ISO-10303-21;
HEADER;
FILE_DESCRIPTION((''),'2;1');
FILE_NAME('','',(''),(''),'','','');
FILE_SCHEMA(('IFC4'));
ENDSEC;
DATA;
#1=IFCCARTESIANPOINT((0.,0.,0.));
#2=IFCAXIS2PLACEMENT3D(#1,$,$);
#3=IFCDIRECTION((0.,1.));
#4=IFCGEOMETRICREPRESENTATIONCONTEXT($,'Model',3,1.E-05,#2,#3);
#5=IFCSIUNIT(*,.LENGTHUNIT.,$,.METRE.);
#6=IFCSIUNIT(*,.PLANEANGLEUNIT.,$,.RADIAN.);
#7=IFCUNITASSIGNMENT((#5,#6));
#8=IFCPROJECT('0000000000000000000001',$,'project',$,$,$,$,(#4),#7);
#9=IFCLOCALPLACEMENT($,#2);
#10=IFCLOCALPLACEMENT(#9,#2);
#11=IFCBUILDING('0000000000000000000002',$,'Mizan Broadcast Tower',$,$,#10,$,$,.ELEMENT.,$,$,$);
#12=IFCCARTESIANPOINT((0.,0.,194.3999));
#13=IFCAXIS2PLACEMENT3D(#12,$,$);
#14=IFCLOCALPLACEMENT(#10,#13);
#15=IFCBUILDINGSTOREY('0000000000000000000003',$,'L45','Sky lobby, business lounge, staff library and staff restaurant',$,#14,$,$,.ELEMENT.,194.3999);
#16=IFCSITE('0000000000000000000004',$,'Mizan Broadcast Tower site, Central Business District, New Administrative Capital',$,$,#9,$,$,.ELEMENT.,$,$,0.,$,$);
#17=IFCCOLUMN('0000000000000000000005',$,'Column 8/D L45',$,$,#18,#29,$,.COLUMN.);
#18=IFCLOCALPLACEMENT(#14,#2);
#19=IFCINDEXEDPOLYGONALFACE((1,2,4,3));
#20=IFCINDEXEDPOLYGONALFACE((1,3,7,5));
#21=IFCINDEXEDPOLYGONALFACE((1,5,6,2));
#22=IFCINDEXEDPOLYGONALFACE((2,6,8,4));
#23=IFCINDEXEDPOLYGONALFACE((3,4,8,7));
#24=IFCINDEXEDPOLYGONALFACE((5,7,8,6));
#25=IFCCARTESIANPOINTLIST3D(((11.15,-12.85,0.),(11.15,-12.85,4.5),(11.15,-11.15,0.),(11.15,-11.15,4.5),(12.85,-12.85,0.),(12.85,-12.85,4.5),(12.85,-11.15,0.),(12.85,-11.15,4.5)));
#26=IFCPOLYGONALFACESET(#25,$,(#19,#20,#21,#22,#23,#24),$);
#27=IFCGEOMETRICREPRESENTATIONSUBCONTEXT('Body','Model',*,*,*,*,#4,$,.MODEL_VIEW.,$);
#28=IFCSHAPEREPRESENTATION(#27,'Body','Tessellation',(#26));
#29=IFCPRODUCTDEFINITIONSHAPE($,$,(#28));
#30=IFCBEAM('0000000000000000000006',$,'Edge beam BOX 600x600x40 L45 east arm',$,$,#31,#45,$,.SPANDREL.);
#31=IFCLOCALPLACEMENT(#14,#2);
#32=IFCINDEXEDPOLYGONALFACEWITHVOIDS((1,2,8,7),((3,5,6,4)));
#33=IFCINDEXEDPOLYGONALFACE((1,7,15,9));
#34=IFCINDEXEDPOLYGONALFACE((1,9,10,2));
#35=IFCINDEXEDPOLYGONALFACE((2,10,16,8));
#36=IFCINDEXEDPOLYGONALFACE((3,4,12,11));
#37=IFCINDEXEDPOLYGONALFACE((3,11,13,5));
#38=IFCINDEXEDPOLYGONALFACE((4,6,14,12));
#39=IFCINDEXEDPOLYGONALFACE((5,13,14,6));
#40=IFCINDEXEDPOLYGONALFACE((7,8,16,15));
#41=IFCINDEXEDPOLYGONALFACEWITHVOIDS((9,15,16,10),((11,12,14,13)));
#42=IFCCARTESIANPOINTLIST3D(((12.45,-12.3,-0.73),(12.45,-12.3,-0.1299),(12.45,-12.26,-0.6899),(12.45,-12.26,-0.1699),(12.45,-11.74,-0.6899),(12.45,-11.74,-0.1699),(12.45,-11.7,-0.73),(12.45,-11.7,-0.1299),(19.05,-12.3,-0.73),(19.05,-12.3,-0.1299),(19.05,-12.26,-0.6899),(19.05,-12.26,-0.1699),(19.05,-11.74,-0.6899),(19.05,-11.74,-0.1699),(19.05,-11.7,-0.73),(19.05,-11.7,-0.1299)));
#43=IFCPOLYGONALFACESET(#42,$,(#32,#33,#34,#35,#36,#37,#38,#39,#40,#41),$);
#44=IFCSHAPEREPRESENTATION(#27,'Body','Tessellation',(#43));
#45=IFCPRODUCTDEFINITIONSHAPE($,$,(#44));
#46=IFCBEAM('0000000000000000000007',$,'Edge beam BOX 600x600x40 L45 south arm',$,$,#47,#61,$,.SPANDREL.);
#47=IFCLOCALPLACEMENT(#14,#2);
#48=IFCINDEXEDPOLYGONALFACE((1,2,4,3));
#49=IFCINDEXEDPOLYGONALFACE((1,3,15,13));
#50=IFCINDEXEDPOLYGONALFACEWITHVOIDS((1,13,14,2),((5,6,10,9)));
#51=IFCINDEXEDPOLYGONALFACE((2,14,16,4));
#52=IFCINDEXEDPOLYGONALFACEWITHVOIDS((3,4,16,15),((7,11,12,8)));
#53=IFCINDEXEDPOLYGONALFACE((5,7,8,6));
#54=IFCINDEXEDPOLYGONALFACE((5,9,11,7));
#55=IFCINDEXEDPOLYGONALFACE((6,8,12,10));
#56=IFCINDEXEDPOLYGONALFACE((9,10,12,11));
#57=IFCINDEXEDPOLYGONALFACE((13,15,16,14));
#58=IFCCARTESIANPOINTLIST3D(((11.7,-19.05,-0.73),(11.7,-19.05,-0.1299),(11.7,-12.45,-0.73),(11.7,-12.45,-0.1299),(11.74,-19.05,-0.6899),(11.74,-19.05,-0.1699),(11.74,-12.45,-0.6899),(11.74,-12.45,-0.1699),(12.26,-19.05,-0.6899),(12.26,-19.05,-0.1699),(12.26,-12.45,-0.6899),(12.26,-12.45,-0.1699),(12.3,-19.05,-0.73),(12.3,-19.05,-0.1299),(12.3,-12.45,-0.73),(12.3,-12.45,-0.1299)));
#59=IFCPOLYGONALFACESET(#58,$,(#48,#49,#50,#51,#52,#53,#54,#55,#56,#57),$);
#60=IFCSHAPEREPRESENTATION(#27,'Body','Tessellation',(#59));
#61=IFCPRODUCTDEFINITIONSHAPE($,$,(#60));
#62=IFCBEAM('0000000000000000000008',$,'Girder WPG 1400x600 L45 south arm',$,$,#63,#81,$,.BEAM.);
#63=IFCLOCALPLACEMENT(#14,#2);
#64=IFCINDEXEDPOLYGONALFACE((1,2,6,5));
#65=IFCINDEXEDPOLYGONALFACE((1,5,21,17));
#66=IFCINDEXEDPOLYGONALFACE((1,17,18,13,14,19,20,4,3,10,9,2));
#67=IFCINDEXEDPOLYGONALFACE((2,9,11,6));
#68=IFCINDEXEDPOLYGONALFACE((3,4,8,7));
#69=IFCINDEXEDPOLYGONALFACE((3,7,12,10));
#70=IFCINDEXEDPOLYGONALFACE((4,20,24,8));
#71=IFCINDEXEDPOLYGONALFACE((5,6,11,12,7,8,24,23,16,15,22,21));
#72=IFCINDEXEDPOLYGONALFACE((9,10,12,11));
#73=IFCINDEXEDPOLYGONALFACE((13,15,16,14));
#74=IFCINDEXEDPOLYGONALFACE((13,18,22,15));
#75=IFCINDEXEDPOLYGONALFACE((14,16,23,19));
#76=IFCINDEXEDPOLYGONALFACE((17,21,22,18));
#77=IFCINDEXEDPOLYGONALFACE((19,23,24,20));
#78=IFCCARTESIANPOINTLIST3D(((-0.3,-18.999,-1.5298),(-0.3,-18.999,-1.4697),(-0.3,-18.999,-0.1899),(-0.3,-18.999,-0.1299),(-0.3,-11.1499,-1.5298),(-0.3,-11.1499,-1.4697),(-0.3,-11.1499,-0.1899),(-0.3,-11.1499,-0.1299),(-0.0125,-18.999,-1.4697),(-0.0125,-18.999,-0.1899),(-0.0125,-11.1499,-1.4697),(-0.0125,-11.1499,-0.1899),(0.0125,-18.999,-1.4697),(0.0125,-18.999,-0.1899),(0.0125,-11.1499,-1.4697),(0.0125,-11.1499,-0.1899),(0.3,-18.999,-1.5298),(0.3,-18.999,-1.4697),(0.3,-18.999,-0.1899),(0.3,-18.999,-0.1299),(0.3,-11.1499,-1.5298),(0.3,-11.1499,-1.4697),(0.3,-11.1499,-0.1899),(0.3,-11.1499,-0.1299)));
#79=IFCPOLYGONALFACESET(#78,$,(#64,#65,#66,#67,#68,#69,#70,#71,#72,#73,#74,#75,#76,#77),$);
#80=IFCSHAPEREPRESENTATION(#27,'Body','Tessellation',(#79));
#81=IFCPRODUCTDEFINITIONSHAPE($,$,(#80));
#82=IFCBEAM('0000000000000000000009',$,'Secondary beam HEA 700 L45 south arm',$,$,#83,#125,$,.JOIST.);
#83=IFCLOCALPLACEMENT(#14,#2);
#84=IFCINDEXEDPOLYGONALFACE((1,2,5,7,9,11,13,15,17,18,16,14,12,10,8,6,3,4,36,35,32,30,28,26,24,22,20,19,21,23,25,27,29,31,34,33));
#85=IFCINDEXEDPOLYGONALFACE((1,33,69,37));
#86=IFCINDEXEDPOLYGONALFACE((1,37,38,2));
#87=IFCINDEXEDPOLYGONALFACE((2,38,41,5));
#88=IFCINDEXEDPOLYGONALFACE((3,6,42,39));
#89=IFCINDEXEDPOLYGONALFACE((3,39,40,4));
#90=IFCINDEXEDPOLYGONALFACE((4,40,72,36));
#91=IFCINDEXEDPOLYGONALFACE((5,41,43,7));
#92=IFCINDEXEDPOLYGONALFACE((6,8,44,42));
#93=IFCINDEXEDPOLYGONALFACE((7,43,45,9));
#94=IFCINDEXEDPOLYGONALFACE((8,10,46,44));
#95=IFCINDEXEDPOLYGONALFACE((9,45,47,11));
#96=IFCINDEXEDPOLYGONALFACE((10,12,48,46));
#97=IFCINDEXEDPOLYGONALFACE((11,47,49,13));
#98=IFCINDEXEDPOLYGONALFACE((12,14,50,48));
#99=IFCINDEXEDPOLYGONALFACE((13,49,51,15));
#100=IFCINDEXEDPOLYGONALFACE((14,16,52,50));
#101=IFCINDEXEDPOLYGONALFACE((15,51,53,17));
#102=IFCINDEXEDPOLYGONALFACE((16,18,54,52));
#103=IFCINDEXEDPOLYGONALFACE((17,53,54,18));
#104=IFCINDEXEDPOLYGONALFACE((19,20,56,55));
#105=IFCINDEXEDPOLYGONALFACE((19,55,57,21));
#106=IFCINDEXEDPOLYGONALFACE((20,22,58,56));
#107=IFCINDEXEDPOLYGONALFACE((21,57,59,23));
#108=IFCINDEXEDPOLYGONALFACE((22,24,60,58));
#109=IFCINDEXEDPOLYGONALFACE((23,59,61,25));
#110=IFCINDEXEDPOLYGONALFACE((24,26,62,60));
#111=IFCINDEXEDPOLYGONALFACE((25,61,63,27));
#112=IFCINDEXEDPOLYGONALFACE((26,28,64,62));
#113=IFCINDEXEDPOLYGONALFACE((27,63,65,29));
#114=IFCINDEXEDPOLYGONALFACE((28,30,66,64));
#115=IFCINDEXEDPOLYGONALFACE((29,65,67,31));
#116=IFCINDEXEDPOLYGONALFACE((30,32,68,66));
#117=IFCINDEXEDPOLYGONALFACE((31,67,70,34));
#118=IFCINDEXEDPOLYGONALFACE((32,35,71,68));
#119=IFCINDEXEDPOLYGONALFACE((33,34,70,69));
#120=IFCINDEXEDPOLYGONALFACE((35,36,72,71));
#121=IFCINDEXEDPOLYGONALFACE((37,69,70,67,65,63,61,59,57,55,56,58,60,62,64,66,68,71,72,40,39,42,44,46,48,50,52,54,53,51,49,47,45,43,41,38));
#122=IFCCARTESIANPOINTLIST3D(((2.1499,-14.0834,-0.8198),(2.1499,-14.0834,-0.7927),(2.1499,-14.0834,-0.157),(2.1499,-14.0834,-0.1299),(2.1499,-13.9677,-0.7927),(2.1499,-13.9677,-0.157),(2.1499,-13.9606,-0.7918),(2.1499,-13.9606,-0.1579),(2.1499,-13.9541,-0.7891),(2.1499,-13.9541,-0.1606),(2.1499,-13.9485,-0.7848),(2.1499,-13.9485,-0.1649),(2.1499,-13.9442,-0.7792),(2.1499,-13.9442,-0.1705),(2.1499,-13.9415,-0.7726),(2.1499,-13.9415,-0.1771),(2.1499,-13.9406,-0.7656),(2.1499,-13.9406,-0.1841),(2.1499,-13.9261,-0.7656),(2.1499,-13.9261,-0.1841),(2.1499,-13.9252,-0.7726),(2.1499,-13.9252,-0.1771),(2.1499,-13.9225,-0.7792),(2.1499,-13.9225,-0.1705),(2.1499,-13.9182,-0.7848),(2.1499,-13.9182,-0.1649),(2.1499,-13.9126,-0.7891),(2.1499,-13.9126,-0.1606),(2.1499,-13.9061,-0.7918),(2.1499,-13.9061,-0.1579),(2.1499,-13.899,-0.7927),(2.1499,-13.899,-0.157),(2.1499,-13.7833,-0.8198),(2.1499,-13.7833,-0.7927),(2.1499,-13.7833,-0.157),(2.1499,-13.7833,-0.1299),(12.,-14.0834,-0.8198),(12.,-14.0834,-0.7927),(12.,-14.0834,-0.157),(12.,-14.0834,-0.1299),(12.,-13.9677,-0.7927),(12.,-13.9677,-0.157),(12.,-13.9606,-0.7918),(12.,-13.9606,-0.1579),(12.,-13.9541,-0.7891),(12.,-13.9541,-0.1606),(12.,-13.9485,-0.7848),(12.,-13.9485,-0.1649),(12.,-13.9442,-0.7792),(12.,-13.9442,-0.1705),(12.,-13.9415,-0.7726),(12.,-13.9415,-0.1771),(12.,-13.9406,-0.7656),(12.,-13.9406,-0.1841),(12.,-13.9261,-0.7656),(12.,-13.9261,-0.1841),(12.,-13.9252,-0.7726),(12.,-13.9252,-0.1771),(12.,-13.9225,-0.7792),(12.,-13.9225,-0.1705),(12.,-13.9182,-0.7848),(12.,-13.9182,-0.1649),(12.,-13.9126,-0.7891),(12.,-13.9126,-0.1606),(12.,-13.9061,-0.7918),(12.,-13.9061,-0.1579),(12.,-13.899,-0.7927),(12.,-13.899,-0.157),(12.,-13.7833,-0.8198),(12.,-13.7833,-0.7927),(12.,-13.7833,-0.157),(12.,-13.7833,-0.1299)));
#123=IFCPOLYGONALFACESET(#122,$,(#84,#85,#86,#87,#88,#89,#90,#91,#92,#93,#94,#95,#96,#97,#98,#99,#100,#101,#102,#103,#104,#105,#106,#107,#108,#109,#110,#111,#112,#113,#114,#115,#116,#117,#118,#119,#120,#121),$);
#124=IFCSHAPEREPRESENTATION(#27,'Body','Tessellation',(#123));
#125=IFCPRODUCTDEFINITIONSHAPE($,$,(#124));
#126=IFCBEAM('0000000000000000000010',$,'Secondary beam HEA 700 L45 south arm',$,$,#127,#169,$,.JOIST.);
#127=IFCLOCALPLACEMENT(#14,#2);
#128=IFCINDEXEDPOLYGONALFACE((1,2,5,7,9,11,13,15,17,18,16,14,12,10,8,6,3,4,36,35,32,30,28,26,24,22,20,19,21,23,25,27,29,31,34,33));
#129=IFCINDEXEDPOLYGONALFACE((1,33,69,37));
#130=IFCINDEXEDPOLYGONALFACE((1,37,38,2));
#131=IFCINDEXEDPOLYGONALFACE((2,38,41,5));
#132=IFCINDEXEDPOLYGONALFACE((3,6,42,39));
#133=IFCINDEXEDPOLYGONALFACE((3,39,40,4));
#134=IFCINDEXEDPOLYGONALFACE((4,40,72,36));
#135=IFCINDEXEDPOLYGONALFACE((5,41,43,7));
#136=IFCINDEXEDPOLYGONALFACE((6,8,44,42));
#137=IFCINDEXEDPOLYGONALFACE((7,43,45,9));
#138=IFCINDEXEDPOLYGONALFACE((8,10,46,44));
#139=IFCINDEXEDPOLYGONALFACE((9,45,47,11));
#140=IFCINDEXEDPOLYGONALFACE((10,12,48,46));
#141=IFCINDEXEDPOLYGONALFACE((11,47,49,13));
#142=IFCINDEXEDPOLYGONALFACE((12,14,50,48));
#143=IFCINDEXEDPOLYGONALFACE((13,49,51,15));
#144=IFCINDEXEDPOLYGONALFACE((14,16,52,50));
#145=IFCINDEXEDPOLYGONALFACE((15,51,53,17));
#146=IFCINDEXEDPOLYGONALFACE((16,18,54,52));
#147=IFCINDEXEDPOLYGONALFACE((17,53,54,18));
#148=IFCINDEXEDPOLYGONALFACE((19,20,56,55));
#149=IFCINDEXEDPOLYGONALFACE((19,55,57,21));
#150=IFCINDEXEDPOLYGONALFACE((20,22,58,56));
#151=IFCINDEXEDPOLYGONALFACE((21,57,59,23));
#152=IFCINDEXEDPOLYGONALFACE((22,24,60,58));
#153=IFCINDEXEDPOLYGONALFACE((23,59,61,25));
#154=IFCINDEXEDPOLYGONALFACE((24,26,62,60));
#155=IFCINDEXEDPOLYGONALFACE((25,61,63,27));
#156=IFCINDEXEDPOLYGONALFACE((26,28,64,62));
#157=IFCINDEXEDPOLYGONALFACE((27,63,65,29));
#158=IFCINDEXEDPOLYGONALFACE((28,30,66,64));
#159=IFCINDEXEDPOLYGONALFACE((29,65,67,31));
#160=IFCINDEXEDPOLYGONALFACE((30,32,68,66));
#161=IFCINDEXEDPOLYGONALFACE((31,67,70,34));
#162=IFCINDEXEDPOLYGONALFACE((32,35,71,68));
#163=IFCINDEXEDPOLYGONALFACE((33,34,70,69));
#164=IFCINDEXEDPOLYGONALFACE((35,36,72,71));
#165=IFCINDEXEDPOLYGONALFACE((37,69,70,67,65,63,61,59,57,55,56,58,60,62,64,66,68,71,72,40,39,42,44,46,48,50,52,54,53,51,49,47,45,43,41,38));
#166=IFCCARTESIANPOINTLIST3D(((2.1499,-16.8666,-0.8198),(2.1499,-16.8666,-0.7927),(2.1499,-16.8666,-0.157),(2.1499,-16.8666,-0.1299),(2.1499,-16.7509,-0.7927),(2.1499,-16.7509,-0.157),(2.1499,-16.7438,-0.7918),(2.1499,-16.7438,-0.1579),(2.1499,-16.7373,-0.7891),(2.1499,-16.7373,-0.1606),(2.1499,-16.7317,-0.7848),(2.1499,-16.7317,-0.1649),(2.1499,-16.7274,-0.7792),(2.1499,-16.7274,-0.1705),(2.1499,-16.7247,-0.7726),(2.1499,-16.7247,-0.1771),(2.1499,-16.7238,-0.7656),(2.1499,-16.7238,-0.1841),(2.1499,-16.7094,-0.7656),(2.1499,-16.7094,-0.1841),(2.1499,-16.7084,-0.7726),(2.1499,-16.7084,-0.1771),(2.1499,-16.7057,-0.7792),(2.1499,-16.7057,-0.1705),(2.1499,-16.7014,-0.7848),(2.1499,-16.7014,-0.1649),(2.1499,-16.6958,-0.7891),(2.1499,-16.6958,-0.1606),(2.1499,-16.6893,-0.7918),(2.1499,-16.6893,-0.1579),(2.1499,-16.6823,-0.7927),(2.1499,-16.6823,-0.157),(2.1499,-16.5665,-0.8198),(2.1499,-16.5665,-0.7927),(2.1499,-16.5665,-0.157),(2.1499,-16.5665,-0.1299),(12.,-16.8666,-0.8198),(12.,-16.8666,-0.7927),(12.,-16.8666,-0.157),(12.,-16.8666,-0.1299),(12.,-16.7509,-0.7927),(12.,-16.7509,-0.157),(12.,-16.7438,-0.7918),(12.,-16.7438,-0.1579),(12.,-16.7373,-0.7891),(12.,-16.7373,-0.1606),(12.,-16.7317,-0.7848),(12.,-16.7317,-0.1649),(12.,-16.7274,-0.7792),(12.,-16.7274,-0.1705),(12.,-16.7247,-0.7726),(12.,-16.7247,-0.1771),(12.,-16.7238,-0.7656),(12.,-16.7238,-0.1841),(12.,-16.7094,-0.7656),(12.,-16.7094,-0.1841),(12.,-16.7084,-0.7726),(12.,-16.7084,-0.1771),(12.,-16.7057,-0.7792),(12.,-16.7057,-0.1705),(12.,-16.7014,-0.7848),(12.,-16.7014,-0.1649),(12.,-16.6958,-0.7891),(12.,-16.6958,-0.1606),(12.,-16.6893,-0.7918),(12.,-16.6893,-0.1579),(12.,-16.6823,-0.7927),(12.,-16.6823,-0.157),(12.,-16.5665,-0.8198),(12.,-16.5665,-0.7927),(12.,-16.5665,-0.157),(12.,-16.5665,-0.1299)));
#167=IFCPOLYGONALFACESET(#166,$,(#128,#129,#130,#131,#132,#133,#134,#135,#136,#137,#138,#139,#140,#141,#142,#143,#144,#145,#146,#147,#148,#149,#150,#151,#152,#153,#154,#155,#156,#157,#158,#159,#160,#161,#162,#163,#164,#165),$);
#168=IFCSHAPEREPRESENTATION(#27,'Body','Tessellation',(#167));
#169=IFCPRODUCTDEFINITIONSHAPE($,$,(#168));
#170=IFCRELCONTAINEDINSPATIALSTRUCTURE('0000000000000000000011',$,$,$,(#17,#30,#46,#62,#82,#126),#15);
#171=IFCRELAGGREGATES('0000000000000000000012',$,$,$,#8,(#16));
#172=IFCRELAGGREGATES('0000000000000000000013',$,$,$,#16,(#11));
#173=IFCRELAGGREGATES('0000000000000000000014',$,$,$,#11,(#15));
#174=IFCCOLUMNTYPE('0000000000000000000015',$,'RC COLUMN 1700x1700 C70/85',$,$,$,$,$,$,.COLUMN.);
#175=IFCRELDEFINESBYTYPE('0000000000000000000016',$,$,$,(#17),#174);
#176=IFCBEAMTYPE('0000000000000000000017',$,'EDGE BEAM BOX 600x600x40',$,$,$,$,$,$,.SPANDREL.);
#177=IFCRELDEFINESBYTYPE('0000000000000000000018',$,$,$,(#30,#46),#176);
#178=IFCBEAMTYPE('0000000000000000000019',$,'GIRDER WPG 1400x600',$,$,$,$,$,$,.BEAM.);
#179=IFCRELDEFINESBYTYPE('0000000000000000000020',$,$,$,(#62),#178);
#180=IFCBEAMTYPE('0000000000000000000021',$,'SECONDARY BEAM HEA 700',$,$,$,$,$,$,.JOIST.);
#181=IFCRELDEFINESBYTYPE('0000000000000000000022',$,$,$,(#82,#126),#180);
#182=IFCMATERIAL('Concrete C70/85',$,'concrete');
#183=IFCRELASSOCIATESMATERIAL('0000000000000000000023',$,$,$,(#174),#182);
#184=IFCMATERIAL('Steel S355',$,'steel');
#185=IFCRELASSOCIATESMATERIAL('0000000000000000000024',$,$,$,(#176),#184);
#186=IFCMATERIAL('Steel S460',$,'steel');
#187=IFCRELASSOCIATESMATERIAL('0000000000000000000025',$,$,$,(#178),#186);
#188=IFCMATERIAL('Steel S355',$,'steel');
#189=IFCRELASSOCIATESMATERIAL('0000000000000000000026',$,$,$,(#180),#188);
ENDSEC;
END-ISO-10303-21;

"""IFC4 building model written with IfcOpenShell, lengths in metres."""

from ifc_helpers import new_model, si_unit, direction, frame, origin, origin_2d, place, context, subcontext, project, spatial, rectangle, hollow_rectangle, i_section, extrude, material, material_profile, profile_set, type_object, element, save


model = new_model("IFC4")

# Units and contexts
model_context = context("Model", 3, precision=1e-05, world=origin(), true_north=direction((0.0, 1.0)))
body_context = subcontext(model_context, "Body", "Model", "MODEL_VIEW")
ifc_project = project(units=[si_unit("LENGTHUNIT", "METRE"), si_unit("PLANEANGLEUNIT", "RADIAN")], contexts=[model_context])

# Site, building, storey
site_placement = place(None, origin())
site = spatial("IfcSite", under=ifc_project, at=site_placement, Name="Mizan Broadcast Tower site, Central Business District, New Administrative Capital", CompositionType="ELEMENT", RefElevation=0.0)
building_placement = place(site_placement, origin())
building = spatial("IfcBuilding", under=site, at=building_placement, Name="Mizan Broadcast Tower", CompositionType="ELEMENT")
storey_placement = place(building_placement, frame((0.0, 0.0, 194.3999)))
storey = spatial("IfcBuildingStorey", under=building, at=storey_placement, Name="L45", Description="Sky lobby, business lounge, staff library and staff restaurant", CompositionType="ELEMENT", Elevation=194.3999)

# Column
ifc_material_1 = material(Name="Concrete C70/85", Category="concrete")
ifc_material_profile_1 = material_profile(ifc_material_1, rectangle(XDim=1.7, YDim=1.7, at=origin_2d()), Name="RC 1700x1700")
ifc_profile_set_1 = profile_set([ifc_material_profile_1], Name="Concrete C70/85")
column_type = type_object("IfcColumnType", Name="RC COLUMN 1700x1700 C70/85", PredefinedType="COLUMN", material=ifc_profile_set_1)
column_placement = place(storey_placement, frame((12.0, -12.0, 0.0), z_axis=(0.0, 0.0, 1.0), x_axis=(1.0, 0.0, 0.0)))
element("IfcColumn", 1, at=column_placement, inside=storey, type_object=column_type, Name="Column 8/D L45", PredefinedType="COLUMN", context=body_context, shape_type="SweptSolid", body=[
    extrude(rectangle(XDim=1.7, YDim=1.7, at=origin_2d()), origin(), (0.0, 0.0, 1.0), 4.5),
])

# Beams
ifc_material_2 = material(Name="Steel S355", Category="steel")
ifc_material_profile_2 = material_profile(ifc_material_2, hollow_rectangle(XDim=0.6001, YDim=0.6001, WallThickness=0.04, at=origin_2d()), Name="BOX 600x600x40")
ifc_profile_set_2 = profile_set([ifc_material_profile_2], Name="Steel S355")
beam_type_1 = type_object("IfcBeamType", Name="EDGE BEAM BOX 600x600x40", PredefinedType="SPANDREL", material=ifc_profile_set_2)
for number, where, z_axis, x_axis, name in (
    (2, (12.45, -12.0, -0.4299), (1.0, 0.0, 0.0), (0.0, 1.0, 0.0), "Edge beam BOX 600x600x40 L45 east arm"),
    (3, (12.0, -12.45, -0.4299), (0.0, -1.0, 0.0), (1.0, 0.0, 0.0), "Edge beam BOX 600x600x40 L45 south arm"),
):
    element("IfcBeam", number, at=place(storey_placement, frame(where, z_axis=z_axis, x_axis=x_axis)), inside=storey, type_object=beam_type_1, Name=name, PredefinedType="SPANDREL", context=body_context, shape_type="SweptSolid", body=[
        extrude(hollow_rectangle(XDim=0.6001, YDim=0.6001, WallThickness=0.04, at=origin_2d()), origin(), (0.0, 0.0, 1.0), 6.6001),
    ])
ifc_material_3 = material(Name="Steel S460", Category="steel")
ifc_material_profile_3 = material_profile(ifc_material_3, i_section(OverallWidth=0.6001, OverallDepth=1.3999, WebThickness=0.0249, FlangeThickness=0.0601, at=origin_2d()), Name="WPG 1400x600")
ifc_profile_set_3 = profile_set([ifc_material_profile_3], Name="Steel S460")
beam_type_2 = type_object("IfcBeamType", Name="GIRDER WPG 1400x600", PredefinedType="BEAM", material=ifc_profile_set_3)
beam_placement = place(storey_placement, frame((0.0, -11.1499, -0.8298), z_axis=(0.0, -1.0, 0.0), x_axis=(1.0, 0.0, 0.0)))
element("IfcBeam", 4, at=beam_placement, inside=storey, type_object=beam_type_2, Name="Girder WPG 1400x600 L45 south arm", PredefinedType="BEAM", context=body_context, shape_type="SweptSolid", body=[
    extrude(i_section(OverallWidth=0.6001, OverallDepth=1.3999, WebThickness=0.0249, FlangeThickness=0.0601, at=origin_2d()), origin(), (0.0, 0.0, 1.0), 7.8491),
])
ifc_material_4 = material(Name="Steel S355", Category="steel")
ifc_material_profile_4 = material_profile(ifc_material_4, i_section(OverallWidth=0.3, OverallDepth=0.6899, WebThickness=0.0144, FlangeThickness=0.0271, FilletRadius=0.0271, at=origin_2d()), Name="HEA 700")
ifc_profile_set_4 = profile_set([ifc_material_profile_4], Name="Steel S355")
beam_type_3 = type_object("IfcBeamType", Name="SECONDARY BEAM HEA 700", PredefinedType="JOIST", material=ifc_profile_set_4)
for number, where, z_axis, x_axis, name in (
    (5, (12.0, -13.9333, -0.4749), (-1.0, 0.0, 0.0), (0.0, -1.0, 0.0), "Secondary beam HEA 700 L45 south arm"),
    (6, (12.0, -16.7166, -0.4749), (-1.0, 0.0, 0.0), (0.0, -1.0, 0.0), "Secondary beam HEA 700 L45 south arm"),
):
    element("IfcBeam", number, at=place(storey_placement, frame(where, z_axis=z_axis, x_axis=x_axis)), inside=storey, type_object=beam_type_3, Name=name, PredefinedType="JOIST", context=body_context, shape_type="SweptSolid", body=[
        extrude(i_section(OverallWidth=0.3, OverallDepth=0.6899, WebThickness=0.0144, FlangeThickness=0.0271, FilletRadius=0.0271, at=origin_2d()), origin(), (0.0, 0.0, 1.0), 9.8501),
    ])

save(model, "model.ifc")
